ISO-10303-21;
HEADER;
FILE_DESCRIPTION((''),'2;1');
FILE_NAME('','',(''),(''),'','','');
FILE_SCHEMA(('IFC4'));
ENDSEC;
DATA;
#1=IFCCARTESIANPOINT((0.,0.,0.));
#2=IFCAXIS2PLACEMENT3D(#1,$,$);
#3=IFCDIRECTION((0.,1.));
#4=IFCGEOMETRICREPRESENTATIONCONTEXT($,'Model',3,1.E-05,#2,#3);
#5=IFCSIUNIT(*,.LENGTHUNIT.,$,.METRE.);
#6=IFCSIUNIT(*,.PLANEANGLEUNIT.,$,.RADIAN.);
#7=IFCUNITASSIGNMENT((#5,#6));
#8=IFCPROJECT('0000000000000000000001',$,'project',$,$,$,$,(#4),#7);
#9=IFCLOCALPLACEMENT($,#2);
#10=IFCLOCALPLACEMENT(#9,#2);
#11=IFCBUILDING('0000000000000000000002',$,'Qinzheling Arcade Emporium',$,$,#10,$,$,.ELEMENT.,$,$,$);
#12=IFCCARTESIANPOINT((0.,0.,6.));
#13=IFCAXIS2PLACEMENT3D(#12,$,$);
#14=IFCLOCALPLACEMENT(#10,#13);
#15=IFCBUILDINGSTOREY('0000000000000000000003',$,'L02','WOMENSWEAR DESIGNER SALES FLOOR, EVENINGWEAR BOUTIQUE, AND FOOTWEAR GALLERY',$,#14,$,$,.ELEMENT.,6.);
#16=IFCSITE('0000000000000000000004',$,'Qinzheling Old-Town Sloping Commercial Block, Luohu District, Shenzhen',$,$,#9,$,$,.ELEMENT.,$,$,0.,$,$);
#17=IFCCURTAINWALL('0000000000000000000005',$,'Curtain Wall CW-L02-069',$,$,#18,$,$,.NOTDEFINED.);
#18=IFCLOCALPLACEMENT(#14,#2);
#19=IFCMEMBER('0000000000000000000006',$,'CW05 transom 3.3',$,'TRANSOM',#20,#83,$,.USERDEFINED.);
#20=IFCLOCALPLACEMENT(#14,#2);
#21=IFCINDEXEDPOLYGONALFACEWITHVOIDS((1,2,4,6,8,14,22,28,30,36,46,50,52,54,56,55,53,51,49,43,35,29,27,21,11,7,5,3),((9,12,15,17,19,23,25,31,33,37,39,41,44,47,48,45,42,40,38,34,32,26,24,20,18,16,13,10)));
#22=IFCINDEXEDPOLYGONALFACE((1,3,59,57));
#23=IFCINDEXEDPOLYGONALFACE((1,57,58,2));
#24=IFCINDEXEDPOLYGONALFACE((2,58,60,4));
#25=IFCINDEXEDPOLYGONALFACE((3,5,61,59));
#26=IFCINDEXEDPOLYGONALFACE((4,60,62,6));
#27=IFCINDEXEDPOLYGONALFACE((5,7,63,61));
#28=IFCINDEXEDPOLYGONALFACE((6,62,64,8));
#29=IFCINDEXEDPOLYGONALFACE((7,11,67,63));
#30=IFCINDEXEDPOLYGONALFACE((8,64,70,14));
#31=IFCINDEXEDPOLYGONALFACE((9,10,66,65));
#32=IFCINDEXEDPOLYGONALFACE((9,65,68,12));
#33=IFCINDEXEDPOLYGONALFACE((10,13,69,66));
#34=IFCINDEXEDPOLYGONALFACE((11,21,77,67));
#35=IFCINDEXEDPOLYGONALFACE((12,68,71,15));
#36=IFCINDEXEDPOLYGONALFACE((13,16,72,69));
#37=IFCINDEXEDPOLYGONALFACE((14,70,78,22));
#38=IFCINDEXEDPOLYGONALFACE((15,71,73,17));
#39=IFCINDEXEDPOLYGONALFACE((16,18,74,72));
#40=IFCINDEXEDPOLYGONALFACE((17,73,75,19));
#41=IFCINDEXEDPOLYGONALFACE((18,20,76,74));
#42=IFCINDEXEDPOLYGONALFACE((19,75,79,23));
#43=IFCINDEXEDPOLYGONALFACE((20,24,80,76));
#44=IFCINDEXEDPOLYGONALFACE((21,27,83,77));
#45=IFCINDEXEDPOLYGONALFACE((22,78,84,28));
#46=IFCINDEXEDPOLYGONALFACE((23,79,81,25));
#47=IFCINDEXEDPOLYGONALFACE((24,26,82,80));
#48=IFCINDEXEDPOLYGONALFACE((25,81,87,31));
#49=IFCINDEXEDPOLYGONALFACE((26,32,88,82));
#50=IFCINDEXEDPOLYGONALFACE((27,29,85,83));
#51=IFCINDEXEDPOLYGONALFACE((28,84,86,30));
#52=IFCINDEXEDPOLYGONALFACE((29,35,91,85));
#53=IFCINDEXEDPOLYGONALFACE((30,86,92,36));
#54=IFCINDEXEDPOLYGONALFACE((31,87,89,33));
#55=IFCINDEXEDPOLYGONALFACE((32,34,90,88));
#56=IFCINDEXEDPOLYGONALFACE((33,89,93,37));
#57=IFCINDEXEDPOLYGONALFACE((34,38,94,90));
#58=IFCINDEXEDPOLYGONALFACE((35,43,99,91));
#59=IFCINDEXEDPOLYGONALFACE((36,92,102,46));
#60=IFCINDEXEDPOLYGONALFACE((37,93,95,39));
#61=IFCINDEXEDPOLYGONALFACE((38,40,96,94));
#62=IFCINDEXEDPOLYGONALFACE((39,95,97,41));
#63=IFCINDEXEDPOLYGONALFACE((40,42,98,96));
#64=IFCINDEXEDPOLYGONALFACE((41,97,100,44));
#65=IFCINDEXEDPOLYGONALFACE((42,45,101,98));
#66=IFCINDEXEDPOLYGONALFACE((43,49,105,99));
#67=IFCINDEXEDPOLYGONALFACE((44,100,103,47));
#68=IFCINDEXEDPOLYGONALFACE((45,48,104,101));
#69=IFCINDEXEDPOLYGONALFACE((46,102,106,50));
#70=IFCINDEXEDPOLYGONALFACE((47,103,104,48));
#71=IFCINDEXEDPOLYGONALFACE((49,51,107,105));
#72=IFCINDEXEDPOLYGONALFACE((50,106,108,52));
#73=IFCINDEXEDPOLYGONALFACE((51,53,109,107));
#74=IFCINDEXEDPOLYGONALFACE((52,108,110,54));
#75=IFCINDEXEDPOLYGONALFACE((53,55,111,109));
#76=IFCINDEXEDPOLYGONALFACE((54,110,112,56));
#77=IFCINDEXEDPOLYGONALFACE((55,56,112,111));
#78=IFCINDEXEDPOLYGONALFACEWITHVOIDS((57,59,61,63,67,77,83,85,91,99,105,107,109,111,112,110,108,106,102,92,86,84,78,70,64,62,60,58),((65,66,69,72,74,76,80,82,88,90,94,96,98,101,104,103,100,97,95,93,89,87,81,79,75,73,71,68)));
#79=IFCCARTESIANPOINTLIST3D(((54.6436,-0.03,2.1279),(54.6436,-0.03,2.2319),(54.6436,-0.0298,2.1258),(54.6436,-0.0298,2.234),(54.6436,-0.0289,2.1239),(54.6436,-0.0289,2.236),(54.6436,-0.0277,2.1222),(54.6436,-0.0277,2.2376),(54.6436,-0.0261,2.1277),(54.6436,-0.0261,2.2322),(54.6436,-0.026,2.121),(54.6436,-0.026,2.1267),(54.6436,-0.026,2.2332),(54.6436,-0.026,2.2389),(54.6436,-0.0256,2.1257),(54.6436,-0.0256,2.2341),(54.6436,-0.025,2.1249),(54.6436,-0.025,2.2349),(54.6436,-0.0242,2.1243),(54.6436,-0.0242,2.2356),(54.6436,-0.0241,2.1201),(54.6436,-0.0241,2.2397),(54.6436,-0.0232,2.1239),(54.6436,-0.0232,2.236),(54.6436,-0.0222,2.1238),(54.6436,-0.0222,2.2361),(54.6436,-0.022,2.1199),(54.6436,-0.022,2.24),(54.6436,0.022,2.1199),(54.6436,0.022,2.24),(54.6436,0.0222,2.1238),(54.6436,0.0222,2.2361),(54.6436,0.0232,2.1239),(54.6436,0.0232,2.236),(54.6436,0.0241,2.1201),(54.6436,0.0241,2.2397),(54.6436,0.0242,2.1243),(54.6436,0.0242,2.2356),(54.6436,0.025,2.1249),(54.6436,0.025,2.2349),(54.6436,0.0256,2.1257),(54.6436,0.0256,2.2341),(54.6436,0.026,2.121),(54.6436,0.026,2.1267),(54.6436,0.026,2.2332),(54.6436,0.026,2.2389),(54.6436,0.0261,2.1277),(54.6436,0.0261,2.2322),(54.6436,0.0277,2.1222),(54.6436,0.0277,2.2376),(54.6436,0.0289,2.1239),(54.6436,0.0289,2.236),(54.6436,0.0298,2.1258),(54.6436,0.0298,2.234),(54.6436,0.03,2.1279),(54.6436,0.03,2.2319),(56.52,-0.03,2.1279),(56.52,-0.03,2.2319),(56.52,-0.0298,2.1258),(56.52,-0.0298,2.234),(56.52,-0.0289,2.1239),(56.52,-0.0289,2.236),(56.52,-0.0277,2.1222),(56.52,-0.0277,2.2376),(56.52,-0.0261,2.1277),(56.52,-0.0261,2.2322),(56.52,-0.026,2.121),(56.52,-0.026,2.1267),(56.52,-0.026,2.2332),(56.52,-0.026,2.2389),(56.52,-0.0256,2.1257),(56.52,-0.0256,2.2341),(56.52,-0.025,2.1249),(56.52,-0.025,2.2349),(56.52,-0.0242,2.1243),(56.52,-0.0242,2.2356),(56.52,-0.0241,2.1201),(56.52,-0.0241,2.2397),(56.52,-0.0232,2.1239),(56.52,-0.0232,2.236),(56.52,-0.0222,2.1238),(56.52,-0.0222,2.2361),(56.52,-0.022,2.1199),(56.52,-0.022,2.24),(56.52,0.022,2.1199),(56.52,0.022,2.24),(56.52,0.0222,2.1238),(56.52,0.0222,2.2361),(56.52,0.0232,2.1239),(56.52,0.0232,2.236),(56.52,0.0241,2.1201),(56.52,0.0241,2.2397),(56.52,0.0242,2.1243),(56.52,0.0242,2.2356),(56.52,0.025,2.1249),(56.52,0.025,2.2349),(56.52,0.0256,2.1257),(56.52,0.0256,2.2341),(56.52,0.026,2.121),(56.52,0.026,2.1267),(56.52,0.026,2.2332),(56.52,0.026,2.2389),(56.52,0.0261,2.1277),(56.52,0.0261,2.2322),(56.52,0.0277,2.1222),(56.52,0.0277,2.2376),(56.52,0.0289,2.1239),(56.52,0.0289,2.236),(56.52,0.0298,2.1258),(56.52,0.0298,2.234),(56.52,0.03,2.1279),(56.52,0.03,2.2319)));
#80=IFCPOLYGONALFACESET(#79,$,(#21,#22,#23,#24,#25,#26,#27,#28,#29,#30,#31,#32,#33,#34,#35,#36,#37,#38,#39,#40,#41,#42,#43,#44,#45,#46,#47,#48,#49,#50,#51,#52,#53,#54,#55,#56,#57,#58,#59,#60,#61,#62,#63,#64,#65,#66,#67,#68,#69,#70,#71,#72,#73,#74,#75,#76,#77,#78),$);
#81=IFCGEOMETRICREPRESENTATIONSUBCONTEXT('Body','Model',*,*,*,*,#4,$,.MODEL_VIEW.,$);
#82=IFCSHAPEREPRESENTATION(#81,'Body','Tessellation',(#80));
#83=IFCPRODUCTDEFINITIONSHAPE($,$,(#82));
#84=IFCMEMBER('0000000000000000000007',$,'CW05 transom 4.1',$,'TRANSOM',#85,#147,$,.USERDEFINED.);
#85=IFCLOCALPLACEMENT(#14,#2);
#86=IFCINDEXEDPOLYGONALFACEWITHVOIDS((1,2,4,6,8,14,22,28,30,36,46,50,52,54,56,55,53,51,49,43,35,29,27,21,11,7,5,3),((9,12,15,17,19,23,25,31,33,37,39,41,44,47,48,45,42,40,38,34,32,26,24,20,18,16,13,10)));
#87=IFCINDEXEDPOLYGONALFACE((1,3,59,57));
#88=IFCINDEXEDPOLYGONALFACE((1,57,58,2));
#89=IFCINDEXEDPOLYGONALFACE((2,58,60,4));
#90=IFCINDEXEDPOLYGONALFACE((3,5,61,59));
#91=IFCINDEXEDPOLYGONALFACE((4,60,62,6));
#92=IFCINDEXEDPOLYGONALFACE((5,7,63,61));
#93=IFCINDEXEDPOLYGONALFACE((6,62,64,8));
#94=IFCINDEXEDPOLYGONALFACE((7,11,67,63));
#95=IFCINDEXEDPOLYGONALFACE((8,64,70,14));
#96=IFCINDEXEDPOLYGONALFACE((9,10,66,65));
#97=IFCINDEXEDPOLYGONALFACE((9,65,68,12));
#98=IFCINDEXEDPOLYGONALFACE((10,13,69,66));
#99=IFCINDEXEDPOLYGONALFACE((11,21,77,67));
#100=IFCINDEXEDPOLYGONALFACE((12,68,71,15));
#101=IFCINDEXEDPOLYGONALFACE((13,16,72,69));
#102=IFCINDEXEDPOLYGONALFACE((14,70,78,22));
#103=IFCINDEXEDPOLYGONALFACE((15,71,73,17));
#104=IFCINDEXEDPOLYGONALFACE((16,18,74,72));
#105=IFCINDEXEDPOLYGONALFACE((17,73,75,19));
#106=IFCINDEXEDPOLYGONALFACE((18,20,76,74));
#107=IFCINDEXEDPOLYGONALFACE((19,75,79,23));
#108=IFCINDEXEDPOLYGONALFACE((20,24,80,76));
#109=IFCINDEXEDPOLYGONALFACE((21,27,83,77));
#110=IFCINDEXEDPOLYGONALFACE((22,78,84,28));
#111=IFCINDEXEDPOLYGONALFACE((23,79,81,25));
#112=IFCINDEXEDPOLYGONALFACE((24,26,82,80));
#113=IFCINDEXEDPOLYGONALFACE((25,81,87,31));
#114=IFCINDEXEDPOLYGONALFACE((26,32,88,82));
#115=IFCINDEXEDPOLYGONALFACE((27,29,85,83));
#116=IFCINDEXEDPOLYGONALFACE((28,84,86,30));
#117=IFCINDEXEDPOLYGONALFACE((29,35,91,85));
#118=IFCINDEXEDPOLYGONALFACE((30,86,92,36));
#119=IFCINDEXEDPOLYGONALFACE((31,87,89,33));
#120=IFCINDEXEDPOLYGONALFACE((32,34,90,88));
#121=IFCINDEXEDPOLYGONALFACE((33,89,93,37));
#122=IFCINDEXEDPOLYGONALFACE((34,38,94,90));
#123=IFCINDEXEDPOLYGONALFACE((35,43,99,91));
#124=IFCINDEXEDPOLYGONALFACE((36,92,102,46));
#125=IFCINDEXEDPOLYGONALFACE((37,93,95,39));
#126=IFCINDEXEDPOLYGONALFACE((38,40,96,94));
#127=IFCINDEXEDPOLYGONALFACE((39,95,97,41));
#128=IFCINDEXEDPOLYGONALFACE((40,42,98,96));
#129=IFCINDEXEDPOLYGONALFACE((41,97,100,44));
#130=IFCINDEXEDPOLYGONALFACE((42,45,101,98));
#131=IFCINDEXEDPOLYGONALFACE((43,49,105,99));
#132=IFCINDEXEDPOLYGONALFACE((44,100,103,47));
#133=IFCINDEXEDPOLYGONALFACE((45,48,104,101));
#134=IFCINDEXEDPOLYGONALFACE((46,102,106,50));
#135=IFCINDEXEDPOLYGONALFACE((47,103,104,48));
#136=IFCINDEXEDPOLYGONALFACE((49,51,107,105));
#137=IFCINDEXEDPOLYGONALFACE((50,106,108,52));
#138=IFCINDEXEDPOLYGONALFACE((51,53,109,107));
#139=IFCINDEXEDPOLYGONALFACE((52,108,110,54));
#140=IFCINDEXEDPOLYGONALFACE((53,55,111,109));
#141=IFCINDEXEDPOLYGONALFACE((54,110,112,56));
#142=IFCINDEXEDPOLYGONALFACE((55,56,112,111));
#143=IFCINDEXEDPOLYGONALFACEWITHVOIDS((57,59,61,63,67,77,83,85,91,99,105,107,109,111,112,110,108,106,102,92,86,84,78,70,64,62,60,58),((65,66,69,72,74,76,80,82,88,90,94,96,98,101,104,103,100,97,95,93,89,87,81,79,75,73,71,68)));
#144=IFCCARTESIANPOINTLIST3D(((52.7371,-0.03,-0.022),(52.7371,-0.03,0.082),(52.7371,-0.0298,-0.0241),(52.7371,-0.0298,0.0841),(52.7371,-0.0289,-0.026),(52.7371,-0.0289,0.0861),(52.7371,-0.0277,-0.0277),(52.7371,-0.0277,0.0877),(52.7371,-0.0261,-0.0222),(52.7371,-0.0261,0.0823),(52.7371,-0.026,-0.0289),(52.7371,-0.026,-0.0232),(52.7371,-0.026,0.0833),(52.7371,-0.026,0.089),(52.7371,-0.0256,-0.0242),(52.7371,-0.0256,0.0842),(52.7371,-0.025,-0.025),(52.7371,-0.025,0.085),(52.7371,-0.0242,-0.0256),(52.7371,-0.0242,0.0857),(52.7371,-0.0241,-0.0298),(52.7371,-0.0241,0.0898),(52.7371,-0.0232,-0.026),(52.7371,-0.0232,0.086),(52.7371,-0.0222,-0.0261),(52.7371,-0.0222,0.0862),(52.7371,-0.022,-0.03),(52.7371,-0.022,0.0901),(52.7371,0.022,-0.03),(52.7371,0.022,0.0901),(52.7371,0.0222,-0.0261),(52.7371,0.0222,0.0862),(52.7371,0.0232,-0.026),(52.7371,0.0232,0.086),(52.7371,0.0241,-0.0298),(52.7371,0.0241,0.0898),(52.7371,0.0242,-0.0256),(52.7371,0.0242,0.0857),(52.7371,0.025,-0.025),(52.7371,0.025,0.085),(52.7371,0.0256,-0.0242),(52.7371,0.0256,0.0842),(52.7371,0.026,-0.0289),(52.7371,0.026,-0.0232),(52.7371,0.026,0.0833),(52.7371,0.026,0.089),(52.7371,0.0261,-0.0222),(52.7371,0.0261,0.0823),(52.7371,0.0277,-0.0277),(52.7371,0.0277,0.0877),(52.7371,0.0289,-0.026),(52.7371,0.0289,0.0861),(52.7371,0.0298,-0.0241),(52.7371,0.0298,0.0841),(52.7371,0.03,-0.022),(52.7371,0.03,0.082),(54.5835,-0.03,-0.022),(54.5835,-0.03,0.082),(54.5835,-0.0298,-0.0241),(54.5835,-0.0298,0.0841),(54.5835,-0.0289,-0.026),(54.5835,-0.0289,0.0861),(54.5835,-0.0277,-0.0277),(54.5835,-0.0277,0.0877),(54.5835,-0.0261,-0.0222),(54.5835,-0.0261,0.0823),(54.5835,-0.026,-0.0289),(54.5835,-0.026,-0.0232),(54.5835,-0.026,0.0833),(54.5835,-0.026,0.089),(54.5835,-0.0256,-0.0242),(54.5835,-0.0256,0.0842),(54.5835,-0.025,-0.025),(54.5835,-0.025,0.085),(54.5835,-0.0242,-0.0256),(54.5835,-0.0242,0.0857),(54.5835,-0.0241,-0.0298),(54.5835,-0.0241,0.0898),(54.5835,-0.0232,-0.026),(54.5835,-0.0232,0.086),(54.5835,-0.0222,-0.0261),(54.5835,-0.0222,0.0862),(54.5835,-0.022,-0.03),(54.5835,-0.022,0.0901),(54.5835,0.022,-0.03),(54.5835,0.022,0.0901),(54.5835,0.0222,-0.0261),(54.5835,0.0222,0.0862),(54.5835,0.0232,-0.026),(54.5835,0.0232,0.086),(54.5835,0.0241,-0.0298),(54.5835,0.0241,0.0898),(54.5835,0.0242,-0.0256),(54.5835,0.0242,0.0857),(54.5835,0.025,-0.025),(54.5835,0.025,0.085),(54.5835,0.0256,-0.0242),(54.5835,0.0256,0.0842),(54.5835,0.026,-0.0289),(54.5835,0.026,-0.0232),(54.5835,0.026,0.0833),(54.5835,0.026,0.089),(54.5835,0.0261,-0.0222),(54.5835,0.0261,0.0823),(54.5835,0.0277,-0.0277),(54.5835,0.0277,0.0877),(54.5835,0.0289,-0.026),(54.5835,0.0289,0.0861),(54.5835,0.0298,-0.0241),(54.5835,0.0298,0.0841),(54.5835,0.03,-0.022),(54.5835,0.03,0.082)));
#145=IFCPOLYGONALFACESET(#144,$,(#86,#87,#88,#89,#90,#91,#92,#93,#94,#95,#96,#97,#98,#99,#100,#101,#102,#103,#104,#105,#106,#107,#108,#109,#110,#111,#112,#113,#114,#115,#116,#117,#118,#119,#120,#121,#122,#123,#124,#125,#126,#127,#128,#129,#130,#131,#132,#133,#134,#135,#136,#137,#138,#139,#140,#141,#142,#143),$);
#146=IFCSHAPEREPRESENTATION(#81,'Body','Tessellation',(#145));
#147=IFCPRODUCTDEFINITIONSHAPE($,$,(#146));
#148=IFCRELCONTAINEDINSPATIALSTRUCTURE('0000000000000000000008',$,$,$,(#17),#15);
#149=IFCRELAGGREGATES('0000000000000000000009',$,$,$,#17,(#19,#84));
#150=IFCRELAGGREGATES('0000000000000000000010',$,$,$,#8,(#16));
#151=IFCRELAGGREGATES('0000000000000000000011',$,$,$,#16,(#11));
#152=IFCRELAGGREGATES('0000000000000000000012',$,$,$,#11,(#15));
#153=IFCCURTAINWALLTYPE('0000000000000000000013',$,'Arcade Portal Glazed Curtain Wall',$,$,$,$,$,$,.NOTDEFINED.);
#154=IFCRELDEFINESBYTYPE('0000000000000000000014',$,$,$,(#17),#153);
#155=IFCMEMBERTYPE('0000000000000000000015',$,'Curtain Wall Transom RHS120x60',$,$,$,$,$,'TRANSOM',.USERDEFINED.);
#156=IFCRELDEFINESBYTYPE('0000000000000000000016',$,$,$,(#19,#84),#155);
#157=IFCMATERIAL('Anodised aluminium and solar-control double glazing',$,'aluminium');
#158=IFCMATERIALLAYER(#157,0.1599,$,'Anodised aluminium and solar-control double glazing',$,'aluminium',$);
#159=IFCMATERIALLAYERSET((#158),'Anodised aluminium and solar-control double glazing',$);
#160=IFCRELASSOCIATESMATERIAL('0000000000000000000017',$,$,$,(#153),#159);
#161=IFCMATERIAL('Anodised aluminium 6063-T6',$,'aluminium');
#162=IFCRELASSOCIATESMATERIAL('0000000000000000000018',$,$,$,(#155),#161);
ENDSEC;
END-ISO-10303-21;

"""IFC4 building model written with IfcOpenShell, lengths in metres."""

from ifc_helpers import new_model, si_unit, direction, frame, origin, origin_2d, place, context, subcontext, project, spatial, hollow_rectangle, extrude, material, layer, layer_set, material_profile, profile_set, type_object, element, aggregate, save


model = new_model("IFC4")

# Units and contexts
model_context = context("Model", 3, precision=1e-05, world=origin(), true_north=direction((0.0, 1.0)))
body_context = subcontext(model_context, "Body", "Model", "MODEL_VIEW")
ifc_project = project(units=[si_unit("LENGTHUNIT", "METRE"), si_unit("PLANEANGLEUNIT", "RADIAN")], contexts=[model_context])

# Site, building, storey
site_placement = place(None, origin())
site = spatial("IfcSite", under=ifc_project, at=site_placement, Name="Qinzheling Old-Town Sloping Commercial Block, Luohu District, Shenzhen", CompositionType="ELEMENT", RefElevation=0.0)
building_placement = place(site_placement, origin())
building = spatial("IfcBuilding", under=site, at=building_placement, Name="Qinzheling Arcade Emporium", CompositionType="ELEMENT")
storey_placement = place(building_placement, frame((0.0, 0.0, 6.0)))
storey = spatial("IfcBuildingStorey", under=building, at=storey_placement, Name="L02", Description="WOMENSWEAR DESIGNER SALES FLOOR, EVENINGWEAR BOUTIQUE, AND FOOTWEAR GALLERY", CompositionType="ELEMENT", Elevation=6.0)

# Curtain wall, members
ifc_material_1 = material(Name="Anodised aluminium and solar-control double glazing", Category="aluminium")
ifc_layer_1 = layer(ifc_material_1, 0.1599, Name="Anodised aluminium and solar-control double glazing", Category="aluminium")
ifc_layer_set_1 = layer_set([ifc_layer_1], Name="Anodised aluminium and solar-control double glazing")
curtain_wall_type = type_object("IfcCurtainWallType", Name="Arcade Portal Glazed Curtain Wall", PredefinedType="NOTDEFINED", material=ifc_layer_set_1)
curtain_wall_placement = place(storey_placement, origin())
curtain_wall = element("IfcCurtainWall", 1, at=curtain_wall_placement, inside=storey, type_object=curtain_wall_type, Name="Curtain Wall CW-L02-069", PredefinedType="NOTDEFINED")
ifc_material_2 = material(Name="Anodised aluminium 6063-T6", Category="aluminium")
ifc_material_profile_1 = material_profile(ifc_material_2, hollow_rectangle(XDim=0.0601, YDim=0.1201, WallThickness=0.0039, InnerFilletRadius=0.0039, OuterFilletRadius=0.0081, at=origin_2d()), Name="RHS 120x60x4", Category="aluminium")
ifc_profile_set_1 = profile_set([ifc_material_profile_1], Name="Anodised aluminium 6063-T6")
member_type_1 = type_object("IfcMemberType", Name="Curtain Wall Transom RHS120x60", ElementType="TRANSOM", PredefinedType="USERDEFINED", material=ifc_profile_set_1)
member_1_placement = place(storey_placement, frame((56.52, 0.0, 2.1799), z_axis=(-1.0, 0.0, 0.0), x_axis=(0.0, -1.0, 0.0)))
member_1 = element("IfcMember", 2, at=member_1_placement, type_object=member_type_1, Name="CW05 transom 3.3", ObjectType="TRANSOM", PredefinedType="USERDEFINED", context=body_context, shape_type="SweptSolid", body=[
    extrude(hollow_rectangle(XDim=0.0601, YDim=0.1201, WallThickness=0.0039, InnerFilletRadius=0.0039, OuterFilletRadius=0.0081, at=origin_2d()), origin(), (0.0, 0.0, 1.0), 1.8765),
])
member_2_placement = place(storey_placement, frame((54.5835, 0.0, 0.03), z_axis=(-1.0, 0.0, 0.0), x_axis=(0.0, -1.0, 0.0)))
member_2 = element("IfcMember", 3, at=member_2_placement, type_object=member_type_1, Name="CW05 transom 4.1", ObjectType="TRANSOM", PredefinedType="USERDEFINED", context=body_context, shape_type="SweptSolid", body=[
    extrude(hollow_rectangle(XDim=0.0601, YDim=0.1201, WallThickness=0.0039, InnerFilletRadius=0.0039, OuterFilletRadius=0.0081, at=origin_2d()), origin(), (0.0, 0.0, 1.0), 1.8464),
])

aggregate(curtain_wall, [member_1, member_2])

save(model, "model.ifc")
